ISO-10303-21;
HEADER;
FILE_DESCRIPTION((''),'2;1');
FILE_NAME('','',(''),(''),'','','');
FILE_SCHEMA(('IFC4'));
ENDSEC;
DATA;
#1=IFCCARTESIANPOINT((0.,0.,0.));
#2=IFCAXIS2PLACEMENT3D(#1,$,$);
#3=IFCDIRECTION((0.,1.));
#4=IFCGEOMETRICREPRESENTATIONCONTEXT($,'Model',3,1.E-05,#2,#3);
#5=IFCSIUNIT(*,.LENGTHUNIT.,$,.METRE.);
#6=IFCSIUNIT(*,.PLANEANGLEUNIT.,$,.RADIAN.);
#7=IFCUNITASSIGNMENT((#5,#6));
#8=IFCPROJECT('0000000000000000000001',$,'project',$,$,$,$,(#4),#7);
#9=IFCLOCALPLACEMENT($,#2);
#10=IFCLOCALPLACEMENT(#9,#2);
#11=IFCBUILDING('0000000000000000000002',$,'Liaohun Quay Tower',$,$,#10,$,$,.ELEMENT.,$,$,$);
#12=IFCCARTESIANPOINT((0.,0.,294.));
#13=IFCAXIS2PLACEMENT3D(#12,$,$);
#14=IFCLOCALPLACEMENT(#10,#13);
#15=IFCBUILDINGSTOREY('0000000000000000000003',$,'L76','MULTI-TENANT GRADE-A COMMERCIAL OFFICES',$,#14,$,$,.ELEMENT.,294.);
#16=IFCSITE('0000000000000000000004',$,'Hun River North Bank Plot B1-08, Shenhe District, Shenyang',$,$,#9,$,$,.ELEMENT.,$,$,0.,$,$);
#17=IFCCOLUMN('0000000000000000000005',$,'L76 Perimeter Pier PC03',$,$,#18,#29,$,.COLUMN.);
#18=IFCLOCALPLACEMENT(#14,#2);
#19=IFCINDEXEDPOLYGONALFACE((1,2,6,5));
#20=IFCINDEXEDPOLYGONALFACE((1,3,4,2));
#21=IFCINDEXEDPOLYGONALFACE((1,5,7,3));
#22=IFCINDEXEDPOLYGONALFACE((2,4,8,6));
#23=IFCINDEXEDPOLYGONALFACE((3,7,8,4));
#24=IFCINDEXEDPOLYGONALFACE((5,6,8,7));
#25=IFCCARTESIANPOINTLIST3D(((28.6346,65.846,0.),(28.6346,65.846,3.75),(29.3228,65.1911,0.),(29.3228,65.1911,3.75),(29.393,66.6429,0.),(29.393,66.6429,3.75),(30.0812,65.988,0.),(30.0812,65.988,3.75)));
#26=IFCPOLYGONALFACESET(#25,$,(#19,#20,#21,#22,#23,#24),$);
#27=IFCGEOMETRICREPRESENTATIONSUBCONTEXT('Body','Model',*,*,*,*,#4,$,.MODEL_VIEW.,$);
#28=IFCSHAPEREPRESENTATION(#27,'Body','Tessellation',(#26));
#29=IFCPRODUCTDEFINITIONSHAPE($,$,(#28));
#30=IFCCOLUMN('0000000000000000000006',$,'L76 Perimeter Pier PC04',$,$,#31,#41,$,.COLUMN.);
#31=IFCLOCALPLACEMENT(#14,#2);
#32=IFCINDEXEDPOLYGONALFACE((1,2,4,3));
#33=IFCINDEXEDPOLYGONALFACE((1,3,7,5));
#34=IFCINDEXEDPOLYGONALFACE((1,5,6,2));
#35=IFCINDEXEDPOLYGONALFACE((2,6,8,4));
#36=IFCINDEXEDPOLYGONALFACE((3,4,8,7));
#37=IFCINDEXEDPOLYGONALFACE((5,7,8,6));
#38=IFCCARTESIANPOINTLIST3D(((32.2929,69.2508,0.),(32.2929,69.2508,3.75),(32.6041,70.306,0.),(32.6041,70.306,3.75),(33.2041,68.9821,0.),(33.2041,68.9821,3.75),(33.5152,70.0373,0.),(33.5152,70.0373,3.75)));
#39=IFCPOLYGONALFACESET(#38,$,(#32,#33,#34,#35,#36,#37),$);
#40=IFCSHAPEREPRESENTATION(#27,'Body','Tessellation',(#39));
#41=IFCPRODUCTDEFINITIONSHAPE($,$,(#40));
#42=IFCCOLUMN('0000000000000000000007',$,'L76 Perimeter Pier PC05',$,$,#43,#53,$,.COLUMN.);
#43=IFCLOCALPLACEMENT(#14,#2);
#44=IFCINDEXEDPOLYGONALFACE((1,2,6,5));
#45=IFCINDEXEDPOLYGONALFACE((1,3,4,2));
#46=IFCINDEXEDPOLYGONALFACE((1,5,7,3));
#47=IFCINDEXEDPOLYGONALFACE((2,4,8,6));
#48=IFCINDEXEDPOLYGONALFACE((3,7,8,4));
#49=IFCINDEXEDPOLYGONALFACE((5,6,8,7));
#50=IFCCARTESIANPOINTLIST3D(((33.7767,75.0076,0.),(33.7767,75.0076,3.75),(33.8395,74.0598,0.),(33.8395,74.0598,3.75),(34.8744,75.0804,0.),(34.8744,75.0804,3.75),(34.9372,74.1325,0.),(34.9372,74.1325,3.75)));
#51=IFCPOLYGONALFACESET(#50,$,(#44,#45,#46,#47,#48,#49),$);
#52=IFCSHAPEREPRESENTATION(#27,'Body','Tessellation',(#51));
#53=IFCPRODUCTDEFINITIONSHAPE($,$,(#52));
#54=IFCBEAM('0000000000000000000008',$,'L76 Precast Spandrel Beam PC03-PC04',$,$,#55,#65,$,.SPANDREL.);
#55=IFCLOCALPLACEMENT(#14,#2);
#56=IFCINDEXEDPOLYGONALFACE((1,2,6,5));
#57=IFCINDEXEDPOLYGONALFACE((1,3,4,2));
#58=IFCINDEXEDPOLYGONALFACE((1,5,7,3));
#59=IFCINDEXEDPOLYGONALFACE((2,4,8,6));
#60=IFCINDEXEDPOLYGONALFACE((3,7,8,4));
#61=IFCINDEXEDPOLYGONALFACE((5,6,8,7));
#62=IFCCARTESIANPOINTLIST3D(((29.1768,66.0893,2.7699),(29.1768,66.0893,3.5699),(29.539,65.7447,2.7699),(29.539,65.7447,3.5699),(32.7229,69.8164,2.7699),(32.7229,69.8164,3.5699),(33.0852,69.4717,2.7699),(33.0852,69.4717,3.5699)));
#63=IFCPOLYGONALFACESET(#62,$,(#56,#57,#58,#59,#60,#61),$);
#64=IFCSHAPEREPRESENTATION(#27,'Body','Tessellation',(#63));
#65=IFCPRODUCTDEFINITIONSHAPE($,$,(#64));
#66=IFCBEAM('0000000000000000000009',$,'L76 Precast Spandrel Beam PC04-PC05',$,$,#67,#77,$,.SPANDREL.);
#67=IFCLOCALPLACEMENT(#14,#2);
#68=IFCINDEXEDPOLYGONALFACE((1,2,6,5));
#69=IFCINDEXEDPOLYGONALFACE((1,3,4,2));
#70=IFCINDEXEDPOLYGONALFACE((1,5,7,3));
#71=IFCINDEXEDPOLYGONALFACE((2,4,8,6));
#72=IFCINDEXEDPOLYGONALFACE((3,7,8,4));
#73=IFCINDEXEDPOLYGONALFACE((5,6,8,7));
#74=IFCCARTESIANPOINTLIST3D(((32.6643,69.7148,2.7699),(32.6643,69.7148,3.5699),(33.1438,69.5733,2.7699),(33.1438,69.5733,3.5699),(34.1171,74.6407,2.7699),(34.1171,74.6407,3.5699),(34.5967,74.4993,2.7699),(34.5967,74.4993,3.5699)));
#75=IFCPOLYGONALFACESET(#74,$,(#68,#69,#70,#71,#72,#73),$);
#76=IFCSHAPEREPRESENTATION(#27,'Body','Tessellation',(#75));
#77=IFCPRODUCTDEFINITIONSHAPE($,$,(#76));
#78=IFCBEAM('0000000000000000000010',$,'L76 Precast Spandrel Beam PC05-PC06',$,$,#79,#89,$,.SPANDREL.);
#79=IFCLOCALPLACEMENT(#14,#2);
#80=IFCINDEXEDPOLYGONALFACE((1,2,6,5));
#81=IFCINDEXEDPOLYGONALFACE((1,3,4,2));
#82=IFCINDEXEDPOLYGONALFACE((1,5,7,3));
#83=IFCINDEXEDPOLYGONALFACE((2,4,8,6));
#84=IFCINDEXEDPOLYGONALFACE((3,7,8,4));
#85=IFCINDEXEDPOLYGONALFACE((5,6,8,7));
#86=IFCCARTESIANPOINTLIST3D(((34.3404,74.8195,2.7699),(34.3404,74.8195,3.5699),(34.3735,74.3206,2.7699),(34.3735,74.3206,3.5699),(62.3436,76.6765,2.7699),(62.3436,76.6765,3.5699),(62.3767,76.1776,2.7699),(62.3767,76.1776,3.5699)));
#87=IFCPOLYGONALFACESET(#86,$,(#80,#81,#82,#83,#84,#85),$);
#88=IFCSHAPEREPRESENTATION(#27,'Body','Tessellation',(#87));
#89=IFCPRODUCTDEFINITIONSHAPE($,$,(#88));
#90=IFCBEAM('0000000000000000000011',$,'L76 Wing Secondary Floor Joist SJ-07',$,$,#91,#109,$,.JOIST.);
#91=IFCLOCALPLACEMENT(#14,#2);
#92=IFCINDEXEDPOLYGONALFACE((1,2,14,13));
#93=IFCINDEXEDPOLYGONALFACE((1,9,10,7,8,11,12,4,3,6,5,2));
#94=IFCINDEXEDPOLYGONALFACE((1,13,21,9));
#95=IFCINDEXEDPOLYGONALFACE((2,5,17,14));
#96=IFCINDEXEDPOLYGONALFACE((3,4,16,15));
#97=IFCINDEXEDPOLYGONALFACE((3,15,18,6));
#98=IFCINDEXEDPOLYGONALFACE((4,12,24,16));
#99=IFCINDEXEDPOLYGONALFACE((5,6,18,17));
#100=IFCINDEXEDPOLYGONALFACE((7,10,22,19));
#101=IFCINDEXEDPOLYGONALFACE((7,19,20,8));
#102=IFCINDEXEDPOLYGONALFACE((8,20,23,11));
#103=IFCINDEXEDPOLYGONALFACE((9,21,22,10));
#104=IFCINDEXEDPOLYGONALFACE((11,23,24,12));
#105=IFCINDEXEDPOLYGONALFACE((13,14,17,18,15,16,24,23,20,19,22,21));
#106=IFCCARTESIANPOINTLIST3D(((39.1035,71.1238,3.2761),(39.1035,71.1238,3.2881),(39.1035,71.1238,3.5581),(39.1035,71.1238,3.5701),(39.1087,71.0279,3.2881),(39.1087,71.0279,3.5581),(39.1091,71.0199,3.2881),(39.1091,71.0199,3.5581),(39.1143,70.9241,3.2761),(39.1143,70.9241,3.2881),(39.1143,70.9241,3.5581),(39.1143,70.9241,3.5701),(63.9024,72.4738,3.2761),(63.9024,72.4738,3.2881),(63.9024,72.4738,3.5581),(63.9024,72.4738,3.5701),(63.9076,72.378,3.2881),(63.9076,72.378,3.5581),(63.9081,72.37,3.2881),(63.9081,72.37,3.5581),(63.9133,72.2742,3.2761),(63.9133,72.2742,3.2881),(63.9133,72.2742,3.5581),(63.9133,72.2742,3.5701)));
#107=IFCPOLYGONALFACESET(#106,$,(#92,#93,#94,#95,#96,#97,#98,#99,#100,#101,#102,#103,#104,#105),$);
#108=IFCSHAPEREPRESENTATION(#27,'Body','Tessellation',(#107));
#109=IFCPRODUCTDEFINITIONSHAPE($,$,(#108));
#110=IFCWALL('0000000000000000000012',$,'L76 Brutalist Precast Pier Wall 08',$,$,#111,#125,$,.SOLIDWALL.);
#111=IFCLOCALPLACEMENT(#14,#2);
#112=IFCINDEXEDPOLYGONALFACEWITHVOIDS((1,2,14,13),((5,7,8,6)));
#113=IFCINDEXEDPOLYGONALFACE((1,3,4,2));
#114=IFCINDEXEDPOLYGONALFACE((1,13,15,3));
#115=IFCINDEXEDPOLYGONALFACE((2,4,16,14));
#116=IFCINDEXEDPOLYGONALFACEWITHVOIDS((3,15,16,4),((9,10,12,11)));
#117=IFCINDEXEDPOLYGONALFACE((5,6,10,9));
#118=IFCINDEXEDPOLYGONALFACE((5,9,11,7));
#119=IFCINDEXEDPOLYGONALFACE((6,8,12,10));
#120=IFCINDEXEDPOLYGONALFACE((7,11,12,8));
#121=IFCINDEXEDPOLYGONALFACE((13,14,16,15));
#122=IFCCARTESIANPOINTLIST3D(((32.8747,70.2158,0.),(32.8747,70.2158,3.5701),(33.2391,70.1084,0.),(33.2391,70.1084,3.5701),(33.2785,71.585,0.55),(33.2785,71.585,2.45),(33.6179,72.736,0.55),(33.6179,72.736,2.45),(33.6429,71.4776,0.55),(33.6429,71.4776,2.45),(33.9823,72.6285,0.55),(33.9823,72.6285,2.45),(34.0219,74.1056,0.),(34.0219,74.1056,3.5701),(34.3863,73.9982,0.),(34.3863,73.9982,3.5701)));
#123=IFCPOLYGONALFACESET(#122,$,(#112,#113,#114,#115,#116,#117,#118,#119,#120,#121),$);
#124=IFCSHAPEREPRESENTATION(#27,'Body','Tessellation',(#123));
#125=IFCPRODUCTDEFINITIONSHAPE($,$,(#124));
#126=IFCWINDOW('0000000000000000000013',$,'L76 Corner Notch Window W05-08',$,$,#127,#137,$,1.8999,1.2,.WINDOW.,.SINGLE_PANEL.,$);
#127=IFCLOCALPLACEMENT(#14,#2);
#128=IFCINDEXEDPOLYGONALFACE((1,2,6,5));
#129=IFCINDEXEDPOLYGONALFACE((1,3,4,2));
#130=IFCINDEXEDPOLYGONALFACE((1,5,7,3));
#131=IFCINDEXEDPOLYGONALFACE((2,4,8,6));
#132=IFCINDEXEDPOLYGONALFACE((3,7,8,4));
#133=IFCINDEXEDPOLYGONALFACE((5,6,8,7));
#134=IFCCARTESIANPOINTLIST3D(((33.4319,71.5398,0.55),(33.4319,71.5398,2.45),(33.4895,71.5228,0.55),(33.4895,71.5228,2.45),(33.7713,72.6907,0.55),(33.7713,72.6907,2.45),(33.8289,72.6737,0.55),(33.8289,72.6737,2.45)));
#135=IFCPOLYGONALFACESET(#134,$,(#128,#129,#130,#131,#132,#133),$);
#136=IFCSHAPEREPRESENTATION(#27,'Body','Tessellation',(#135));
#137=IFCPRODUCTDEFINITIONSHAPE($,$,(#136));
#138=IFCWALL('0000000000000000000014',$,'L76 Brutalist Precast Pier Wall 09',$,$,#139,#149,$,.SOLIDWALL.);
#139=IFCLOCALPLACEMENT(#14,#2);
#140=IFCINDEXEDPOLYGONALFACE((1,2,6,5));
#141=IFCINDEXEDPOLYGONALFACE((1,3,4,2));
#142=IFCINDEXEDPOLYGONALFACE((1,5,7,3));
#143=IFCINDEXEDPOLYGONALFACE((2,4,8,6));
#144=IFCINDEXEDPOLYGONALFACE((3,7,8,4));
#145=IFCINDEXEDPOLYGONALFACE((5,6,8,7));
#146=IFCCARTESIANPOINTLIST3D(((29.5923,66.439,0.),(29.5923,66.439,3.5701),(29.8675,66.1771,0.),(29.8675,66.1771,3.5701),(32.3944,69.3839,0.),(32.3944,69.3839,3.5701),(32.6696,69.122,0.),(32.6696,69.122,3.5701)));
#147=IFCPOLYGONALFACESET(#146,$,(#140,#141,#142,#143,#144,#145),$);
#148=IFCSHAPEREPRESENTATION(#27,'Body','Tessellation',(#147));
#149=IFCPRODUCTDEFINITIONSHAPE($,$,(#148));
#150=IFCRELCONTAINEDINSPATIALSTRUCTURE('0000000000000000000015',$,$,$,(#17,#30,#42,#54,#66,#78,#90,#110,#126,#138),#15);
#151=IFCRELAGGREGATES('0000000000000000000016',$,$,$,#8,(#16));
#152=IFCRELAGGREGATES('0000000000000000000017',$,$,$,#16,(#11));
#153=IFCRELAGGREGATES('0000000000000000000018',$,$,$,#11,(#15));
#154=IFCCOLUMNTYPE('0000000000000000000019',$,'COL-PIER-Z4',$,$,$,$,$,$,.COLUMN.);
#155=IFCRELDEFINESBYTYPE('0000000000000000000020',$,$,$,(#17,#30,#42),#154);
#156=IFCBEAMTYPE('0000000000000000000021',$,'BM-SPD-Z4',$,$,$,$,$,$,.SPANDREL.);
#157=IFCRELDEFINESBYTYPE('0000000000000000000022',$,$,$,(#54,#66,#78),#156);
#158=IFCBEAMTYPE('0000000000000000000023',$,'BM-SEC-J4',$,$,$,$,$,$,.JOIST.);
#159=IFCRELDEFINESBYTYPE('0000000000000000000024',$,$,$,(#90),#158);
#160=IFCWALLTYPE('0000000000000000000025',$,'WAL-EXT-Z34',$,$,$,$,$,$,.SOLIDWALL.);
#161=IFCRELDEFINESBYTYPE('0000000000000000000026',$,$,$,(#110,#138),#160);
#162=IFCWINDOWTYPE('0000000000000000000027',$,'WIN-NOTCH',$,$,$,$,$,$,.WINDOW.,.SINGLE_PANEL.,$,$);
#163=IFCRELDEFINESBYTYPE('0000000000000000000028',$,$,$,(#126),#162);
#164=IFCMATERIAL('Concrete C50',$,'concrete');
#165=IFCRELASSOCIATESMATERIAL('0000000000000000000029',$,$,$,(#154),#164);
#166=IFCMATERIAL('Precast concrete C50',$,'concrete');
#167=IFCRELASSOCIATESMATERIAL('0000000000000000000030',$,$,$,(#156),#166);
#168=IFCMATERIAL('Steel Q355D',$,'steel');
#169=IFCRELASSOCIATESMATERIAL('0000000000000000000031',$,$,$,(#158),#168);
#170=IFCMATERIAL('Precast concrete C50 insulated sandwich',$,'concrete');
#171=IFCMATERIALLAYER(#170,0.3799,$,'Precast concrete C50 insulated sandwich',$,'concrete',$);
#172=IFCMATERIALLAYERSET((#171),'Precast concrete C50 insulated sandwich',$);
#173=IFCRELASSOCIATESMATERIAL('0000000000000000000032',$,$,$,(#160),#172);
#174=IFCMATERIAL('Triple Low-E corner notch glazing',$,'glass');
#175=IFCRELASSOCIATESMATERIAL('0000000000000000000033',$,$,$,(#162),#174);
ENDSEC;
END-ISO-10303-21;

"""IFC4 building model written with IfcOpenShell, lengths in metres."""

from ifc_helpers import new_model, si_unit, direction, frame, frame_2d, origin, origin_2d, place, context, subcontext, project, spatial, rectangle, i_section, extrude, source, transform, mapped, material, layer, layer_set, material_profile, profile_set, type_object, element, fill, save


model = new_model("IFC4")

# Units and contexts
model_context = context("Model", 3, precision=1e-05, world=origin(), true_north=direction((0.0, 1.0)))
body_context = subcontext(model_context, "Body", "Model", "MODEL_VIEW")
ifc_project = project(units=[si_unit("LENGTHUNIT", "METRE"), si_unit("PLANEANGLEUNIT", "RADIAN")], contexts=[model_context])

# Site, building, storey
site_placement = place(None, origin())
site = spatial("IfcSite", under=ifc_project, at=site_placement, Name="Hun River North Bank Plot B1-08, Shenhe District, Shenyang", CompositionType="ELEMENT", RefElevation=0.0)
building_placement = place(site_placement, origin())
building = spatial("IfcBuilding", under=site, at=building_placement, Name="Liaohun Quay Tower", CompositionType="ELEMENT")
storey_placement = place(building_placement, frame((0.0, 0.0, 294.0)))
storey = spatial("IfcBuildingStorey", under=building, at=storey_placement, Name="L76", Description="MULTI-TENANT GRADE-A COMMERCIAL OFFICES", CompositionType="ELEMENT", Elevation=294.0)

# Columns
ifc_material_1 = material(Name="Concrete C50", Category="concrete")
ifc_material_profile_1 = material_profile(ifc_material_1, rectangle(XDim=1.1001, YDim=0.95, at=origin_2d()), Name="RC1100x950")
ifc_profile_set_1 = profile_set([ifc_material_profile_1], Name="Concrete C50")
column_type = type_object("IfcColumnType", Name="COL-PIER-Z4", PredefinedType="COLUMN", material=ifc_profile_set_1)
shared_shape_1 = source(origin(), body_context, "Body", "SweptSolid", [
    extrude(rectangle(XDim=1.1001, YDim=0.95, at=origin_2d()), origin(), (0.0, 0.0, 1.0), 3.75),
])
for number, where, z_axis, x_axis, name in (
    (1, (29.3579, 65.917, 0.0), (0.0, 0.0, 1.0), (0.689367, 0.724413, 0.0), "L76 Perimeter Pier PC03"),
    (2, (32.9041, 69.644, 0.0), (0.0, 0.0, 1.0), (0.282844, 0.959166, 0.0), "L76 Perimeter Pier PC04"),
    (3, (34.3569, 74.5701, 0.0), (0.0, 0.0, 1.0), (0.997813, 0.0661, 0.0), "L76 Perimeter Pier PC05"),
):
    element("IfcColumn", number, at=place(storey_placement, frame(where, z_axis=z_axis, x_axis=x_axis)), inside=storey, type_object=column_type, Name=name, PredefinedType="COLUMN", context=body_context, shape_type="MappedRepresentation", body=[
        mapped(shared_shape_1, transform((0.0, 0.0, 0.0), x_axis=(1.0, 0.0, 0.0), y_axis=(0.0, 1.0, 0.0), z_axis=(0.0, 0.0, 1.0), scale=1.0)),
    ])

# Beams
ifc_material_2 = material(Name="Precast concrete C50", Category="concrete")
ifc_material_profile_2 = material_profile(ifc_material_2, rectangle(XDim=0.5, YDim=0.8, at=origin_2d()), Name="RC500x800")
ifc_profile_set_2 = profile_set([ifc_material_profile_2], Name="Precast concrete C50")
beam_type_1 = type_object("IfcBeamType", Name="BM-SPD-Z4", PredefinedType="SPANDREL", material=ifc_profile_set_2)
shared_shape_2 = source(origin(), body_context, "Body", "SweptSolid", [
    extrude(rectangle(XDim=0.5, YDim=0.8, at=origin_2d()), origin(), (0.0, 0.0, 1.0), 5.1445),
])
beam_1_placement = place(storey_placement, frame((29.3579, 65.917, 3.1699), z_axis=(0.689306, 0.724471, 0.0), x_axis=(-0.724471, 0.689306, 0.0)))
element("IfcBeam", 4, at=beam_1_placement, inside=storey, type_object=beam_type_1, Name="L76 Precast Spandrel Beam PC03-PC04", PredefinedType="SPANDREL", context=body_context, shape_type="MappedRepresentation", body=[
    mapped(shared_shape_2, transform((0.0, 0.0, 0.0), x_axis=(1.0, 0.0, 0.0), y_axis=(0.0, 1.0, 0.0), z_axis=(0.0, 0.0, 1.0), scale=1.0)),
])
shared_shape_3 = source(origin(), body_context, "Body", "SweptSolid", [
    extrude(rectangle(XDim=0.5, YDim=0.8, at=origin_2d()), origin(), (0.0, 0.0, 1.0), 5.1357),
])
beam_2_placement = place(storey_placement, frame((32.9041, 69.644, 3.1699), z_axis=(0.282892, 0.959152, 0.0), x_axis=(-0.959152, 0.282892, 0.0)))
element("IfcBeam", 5, at=beam_2_placement, inside=storey, type_object=beam_type_1, Name="L76 Precast Spandrel Beam PC04-PC05", PredefinedType="SPANDREL", context=body_context, shape_type="MappedRepresentation", body=[
    mapped(shared_shape_3, transform((0.0, 0.0, 0.0), x_axis=(1.0, 0.0, 0.0), y_axis=(0.0, 1.0, 0.0), z_axis=(0.0, 0.0, 1.0), scale=1.0)),
])
shared_shape_4 = source(origin(), body_context, "Body", "SweptSolid", [
    extrude(rectangle(XDim=0.5, YDim=0.8, at=origin_2d()), origin(), (0.0, 0.0, 1.0), 28.0647),
])
beam_3_placement = place(storey_placement, frame((34.3569, 74.5701, 3.1699), z_axis=(0.997809, 0.066166, 0.0), x_axis=(-0.066166, 0.997809, 0.0)))
element("IfcBeam", 6, at=beam_3_placement, inside=storey, type_object=beam_type_1, Name="L76 Precast Spandrel Beam PC05-PC06", PredefinedType="SPANDREL", context=body_context, shape_type="MappedRepresentation", body=[
    mapped(shared_shape_4, transform((0.0, 0.0, 0.0), x_axis=(1.0, 0.0, 0.0), y_axis=(0.0, 1.0, 0.0), z_axis=(0.0, 0.0, 1.0), scale=1.0)),
])
ifc_material_3 = material(Name="Steel Q355D", Category="steel")
ifc_material_profile_3 = material_profile(ifc_material_3, i_section(OverallWidth=0.2, OverallDepth=0.2939, WebThickness=0.0081, FlangeThickness=0.012, at=origin_2d()), Name="HM294x200x8x12")
ifc_profile_set_3 = profile_set([ifc_material_profile_3], Name="Steel Q355D")
beam_type_2 = type_object("IfcBeamType", Name="BM-SEC-J4", PredefinedType="JOIST", material=ifc_profile_set_3)
shared_shape_5 = source(origin(), body_context, "Body", "SweptSolid", [
    extrude(i_section(OverallWidth=0.2, OverallDepth=0.2939, WebThickness=0.0081, FlangeThickness=0.012, at=origin_2d()), origin(), (0.0, 0.0, 1.0), 24.8357),
])
beam_4_placement = place(storey_placement, frame((39.1089, 71.0239, 3.4231), z_axis=(0.998521, 0.054361, 0.0), x_axis=(-0.054361, 0.998521, 0.0)))
element("IfcBeam", 7, at=beam_4_placement, inside=storey, type_object=beam_type_2, Name="L76 Wing Secondary Floor Joist SJ-07", PredefinedType="JOIST", context=body_context, shape_type="MappedRepresentation", body=[
    mapped(shared_shape_5, transform((0.0, 0.0, 0.0), x_axis=(1.0, 0.0, 0.0), y_axis=(0.0, 1.0, 0.0), z_axis=(0.0, 0.0, 1.0), scale=1.0)),
])

# Wall, opening, window
ifc_material_4 = material(Name="Precast concrete C50 insulated sandwich", Category="concrete")
ifc_layer_1 = layer(ifc_material_4, 0.3799, Name="Precast concrete C50 insulated sandwich", Category="concrete")
ifc_layer_set_1 = layer_set([ifc_layer_1], Name="Precast concrete C50 insulated sandwich")
wall_type_1 = type_object("IfcWallType", Name="WAL-EXT-Z34", PredefinedType="SOLIDWALL", material=ifc_layer_set_1)
wall_1_placement = place(storey_placement, frame((34.2041, 74.052, 0.0), z_axis=(0.0, 0.0, 1.0), x_axis=(-0.282877, -0.959156, 0.0)))
wall_1 = element("IfcWall", 8, at=wall_1_placement, inside=storey, type_object=wall_type_1, Name="L76 Brutalist Precast Pier Wall 08", PredefinedType="SOLIDWALL", context=body_context, shape_type="SweptSolid", body=[
    extrude(rectangle(XDim=4.0554, YDim=0.3799, at=frame_2d((2.0278, 0.0))), origin(), (0.0, 0.0, 1.0), 3.5701),
])
shared_shape_6 = source(origin(), body_context, "Body", "SweptSolid", [
    extrude(rectangle(XDim=1.2, YDim=1.8999, at=frame_2d((0.6001, 0.95))), frame((0.0, 0.2, 0.0), z_axis=(0.0, -1.0, 0.0), x_axis=(1.0, 0.0, 0.0)), (0.0, 0.0, 1.0), 0.3999),
])
opening_1_placement = place(wall_1_placement, frame((1.428, 0.0, 0.55)))
opening_1 = element("IfcOpeningElement", 9, at=opening_1_placement, cuts=wall_1, PredefinedType="OPENING", context=body_context, shape_type="MappedRepresentation", body=[
    mapped(shared_shape_6, transform((0.0, 0.0, 0.0), x_axis=(1.0, 0.0, 0.0), y_axis=(0.0, 1.0, 0.0), z_axis=(0.0, 0.0, 1.0), scale=1.0)),
])
ifc_material_5 = material(Name="Triple Low-E corner notch glazing", Category="glass")
window_type_1 = type_object("IfcWindowType", Name="WIN-NOTCH", PartitioningType="SINGLE_PANEL", PredefinedType="WINDOW", material=ifc_material_5)
shared_shape_7 = source(origin(), body_context, "Body", "SweptSolid", [
    extrude(rectangle(XDim=1.2, YDim=1.8999, at=frame_2d((0.6001, 0.95))), frame((0.0, 0.03, 0.0), z_axis=(0.0, -1.0, 0.0), x_axis=(1.0, 0.0, 0.0)), (0.0, 0.0, 1.0), 0.0601),
])
window_1_placement = place(opening_1_placement, origin())
window_1 = element("IfcWindow", 10, at=window_1_placement, inside=storey, type_object=window_type_1, Name="L76 Corner Notch Window W05-08", OverallHeight=1.8999, OverallWidth=1.2, PartitioningType="SINGLE_PANEL", PredefinedType="WINDOW", context=body_context, shape_type="MappedRepresentation", body=[
    mapped(shared_shape_7, transform((0.0, 0.0, 0.0), x_axis=(1.0, 0.0, 0.0), y_axis=(0.0, 1.0, 0.0), z_axis=(0.0, 0.0, 1.0), scale=1.0)),
])
fill(opening_1, window_1)

# Wall
wall_2_placement = place(storey_placement, frame((32.532, 69.2529, 0.0), z_axis=(0.0, 0.0, 1.0), x_axis=(-0.689321, -0.724456, 0.0)))
element("IfcWall", 11, at=wall_2_placement, inside=storey, type_object=wall_type_1, Name="L76 Brutalist Precast Pier Wall 09", PredefinedType="SOLIDWALL", context=body_context, shape_type="SweptSolid", body=[
    extrude(rectangle(XDim=4.0649, YDim=0.3799, at=frame_2d((2.0325, 0.0))), origin(), (0.0, 0.0, 1.0), 3.5701),
])

save(model, "model.ifc")
